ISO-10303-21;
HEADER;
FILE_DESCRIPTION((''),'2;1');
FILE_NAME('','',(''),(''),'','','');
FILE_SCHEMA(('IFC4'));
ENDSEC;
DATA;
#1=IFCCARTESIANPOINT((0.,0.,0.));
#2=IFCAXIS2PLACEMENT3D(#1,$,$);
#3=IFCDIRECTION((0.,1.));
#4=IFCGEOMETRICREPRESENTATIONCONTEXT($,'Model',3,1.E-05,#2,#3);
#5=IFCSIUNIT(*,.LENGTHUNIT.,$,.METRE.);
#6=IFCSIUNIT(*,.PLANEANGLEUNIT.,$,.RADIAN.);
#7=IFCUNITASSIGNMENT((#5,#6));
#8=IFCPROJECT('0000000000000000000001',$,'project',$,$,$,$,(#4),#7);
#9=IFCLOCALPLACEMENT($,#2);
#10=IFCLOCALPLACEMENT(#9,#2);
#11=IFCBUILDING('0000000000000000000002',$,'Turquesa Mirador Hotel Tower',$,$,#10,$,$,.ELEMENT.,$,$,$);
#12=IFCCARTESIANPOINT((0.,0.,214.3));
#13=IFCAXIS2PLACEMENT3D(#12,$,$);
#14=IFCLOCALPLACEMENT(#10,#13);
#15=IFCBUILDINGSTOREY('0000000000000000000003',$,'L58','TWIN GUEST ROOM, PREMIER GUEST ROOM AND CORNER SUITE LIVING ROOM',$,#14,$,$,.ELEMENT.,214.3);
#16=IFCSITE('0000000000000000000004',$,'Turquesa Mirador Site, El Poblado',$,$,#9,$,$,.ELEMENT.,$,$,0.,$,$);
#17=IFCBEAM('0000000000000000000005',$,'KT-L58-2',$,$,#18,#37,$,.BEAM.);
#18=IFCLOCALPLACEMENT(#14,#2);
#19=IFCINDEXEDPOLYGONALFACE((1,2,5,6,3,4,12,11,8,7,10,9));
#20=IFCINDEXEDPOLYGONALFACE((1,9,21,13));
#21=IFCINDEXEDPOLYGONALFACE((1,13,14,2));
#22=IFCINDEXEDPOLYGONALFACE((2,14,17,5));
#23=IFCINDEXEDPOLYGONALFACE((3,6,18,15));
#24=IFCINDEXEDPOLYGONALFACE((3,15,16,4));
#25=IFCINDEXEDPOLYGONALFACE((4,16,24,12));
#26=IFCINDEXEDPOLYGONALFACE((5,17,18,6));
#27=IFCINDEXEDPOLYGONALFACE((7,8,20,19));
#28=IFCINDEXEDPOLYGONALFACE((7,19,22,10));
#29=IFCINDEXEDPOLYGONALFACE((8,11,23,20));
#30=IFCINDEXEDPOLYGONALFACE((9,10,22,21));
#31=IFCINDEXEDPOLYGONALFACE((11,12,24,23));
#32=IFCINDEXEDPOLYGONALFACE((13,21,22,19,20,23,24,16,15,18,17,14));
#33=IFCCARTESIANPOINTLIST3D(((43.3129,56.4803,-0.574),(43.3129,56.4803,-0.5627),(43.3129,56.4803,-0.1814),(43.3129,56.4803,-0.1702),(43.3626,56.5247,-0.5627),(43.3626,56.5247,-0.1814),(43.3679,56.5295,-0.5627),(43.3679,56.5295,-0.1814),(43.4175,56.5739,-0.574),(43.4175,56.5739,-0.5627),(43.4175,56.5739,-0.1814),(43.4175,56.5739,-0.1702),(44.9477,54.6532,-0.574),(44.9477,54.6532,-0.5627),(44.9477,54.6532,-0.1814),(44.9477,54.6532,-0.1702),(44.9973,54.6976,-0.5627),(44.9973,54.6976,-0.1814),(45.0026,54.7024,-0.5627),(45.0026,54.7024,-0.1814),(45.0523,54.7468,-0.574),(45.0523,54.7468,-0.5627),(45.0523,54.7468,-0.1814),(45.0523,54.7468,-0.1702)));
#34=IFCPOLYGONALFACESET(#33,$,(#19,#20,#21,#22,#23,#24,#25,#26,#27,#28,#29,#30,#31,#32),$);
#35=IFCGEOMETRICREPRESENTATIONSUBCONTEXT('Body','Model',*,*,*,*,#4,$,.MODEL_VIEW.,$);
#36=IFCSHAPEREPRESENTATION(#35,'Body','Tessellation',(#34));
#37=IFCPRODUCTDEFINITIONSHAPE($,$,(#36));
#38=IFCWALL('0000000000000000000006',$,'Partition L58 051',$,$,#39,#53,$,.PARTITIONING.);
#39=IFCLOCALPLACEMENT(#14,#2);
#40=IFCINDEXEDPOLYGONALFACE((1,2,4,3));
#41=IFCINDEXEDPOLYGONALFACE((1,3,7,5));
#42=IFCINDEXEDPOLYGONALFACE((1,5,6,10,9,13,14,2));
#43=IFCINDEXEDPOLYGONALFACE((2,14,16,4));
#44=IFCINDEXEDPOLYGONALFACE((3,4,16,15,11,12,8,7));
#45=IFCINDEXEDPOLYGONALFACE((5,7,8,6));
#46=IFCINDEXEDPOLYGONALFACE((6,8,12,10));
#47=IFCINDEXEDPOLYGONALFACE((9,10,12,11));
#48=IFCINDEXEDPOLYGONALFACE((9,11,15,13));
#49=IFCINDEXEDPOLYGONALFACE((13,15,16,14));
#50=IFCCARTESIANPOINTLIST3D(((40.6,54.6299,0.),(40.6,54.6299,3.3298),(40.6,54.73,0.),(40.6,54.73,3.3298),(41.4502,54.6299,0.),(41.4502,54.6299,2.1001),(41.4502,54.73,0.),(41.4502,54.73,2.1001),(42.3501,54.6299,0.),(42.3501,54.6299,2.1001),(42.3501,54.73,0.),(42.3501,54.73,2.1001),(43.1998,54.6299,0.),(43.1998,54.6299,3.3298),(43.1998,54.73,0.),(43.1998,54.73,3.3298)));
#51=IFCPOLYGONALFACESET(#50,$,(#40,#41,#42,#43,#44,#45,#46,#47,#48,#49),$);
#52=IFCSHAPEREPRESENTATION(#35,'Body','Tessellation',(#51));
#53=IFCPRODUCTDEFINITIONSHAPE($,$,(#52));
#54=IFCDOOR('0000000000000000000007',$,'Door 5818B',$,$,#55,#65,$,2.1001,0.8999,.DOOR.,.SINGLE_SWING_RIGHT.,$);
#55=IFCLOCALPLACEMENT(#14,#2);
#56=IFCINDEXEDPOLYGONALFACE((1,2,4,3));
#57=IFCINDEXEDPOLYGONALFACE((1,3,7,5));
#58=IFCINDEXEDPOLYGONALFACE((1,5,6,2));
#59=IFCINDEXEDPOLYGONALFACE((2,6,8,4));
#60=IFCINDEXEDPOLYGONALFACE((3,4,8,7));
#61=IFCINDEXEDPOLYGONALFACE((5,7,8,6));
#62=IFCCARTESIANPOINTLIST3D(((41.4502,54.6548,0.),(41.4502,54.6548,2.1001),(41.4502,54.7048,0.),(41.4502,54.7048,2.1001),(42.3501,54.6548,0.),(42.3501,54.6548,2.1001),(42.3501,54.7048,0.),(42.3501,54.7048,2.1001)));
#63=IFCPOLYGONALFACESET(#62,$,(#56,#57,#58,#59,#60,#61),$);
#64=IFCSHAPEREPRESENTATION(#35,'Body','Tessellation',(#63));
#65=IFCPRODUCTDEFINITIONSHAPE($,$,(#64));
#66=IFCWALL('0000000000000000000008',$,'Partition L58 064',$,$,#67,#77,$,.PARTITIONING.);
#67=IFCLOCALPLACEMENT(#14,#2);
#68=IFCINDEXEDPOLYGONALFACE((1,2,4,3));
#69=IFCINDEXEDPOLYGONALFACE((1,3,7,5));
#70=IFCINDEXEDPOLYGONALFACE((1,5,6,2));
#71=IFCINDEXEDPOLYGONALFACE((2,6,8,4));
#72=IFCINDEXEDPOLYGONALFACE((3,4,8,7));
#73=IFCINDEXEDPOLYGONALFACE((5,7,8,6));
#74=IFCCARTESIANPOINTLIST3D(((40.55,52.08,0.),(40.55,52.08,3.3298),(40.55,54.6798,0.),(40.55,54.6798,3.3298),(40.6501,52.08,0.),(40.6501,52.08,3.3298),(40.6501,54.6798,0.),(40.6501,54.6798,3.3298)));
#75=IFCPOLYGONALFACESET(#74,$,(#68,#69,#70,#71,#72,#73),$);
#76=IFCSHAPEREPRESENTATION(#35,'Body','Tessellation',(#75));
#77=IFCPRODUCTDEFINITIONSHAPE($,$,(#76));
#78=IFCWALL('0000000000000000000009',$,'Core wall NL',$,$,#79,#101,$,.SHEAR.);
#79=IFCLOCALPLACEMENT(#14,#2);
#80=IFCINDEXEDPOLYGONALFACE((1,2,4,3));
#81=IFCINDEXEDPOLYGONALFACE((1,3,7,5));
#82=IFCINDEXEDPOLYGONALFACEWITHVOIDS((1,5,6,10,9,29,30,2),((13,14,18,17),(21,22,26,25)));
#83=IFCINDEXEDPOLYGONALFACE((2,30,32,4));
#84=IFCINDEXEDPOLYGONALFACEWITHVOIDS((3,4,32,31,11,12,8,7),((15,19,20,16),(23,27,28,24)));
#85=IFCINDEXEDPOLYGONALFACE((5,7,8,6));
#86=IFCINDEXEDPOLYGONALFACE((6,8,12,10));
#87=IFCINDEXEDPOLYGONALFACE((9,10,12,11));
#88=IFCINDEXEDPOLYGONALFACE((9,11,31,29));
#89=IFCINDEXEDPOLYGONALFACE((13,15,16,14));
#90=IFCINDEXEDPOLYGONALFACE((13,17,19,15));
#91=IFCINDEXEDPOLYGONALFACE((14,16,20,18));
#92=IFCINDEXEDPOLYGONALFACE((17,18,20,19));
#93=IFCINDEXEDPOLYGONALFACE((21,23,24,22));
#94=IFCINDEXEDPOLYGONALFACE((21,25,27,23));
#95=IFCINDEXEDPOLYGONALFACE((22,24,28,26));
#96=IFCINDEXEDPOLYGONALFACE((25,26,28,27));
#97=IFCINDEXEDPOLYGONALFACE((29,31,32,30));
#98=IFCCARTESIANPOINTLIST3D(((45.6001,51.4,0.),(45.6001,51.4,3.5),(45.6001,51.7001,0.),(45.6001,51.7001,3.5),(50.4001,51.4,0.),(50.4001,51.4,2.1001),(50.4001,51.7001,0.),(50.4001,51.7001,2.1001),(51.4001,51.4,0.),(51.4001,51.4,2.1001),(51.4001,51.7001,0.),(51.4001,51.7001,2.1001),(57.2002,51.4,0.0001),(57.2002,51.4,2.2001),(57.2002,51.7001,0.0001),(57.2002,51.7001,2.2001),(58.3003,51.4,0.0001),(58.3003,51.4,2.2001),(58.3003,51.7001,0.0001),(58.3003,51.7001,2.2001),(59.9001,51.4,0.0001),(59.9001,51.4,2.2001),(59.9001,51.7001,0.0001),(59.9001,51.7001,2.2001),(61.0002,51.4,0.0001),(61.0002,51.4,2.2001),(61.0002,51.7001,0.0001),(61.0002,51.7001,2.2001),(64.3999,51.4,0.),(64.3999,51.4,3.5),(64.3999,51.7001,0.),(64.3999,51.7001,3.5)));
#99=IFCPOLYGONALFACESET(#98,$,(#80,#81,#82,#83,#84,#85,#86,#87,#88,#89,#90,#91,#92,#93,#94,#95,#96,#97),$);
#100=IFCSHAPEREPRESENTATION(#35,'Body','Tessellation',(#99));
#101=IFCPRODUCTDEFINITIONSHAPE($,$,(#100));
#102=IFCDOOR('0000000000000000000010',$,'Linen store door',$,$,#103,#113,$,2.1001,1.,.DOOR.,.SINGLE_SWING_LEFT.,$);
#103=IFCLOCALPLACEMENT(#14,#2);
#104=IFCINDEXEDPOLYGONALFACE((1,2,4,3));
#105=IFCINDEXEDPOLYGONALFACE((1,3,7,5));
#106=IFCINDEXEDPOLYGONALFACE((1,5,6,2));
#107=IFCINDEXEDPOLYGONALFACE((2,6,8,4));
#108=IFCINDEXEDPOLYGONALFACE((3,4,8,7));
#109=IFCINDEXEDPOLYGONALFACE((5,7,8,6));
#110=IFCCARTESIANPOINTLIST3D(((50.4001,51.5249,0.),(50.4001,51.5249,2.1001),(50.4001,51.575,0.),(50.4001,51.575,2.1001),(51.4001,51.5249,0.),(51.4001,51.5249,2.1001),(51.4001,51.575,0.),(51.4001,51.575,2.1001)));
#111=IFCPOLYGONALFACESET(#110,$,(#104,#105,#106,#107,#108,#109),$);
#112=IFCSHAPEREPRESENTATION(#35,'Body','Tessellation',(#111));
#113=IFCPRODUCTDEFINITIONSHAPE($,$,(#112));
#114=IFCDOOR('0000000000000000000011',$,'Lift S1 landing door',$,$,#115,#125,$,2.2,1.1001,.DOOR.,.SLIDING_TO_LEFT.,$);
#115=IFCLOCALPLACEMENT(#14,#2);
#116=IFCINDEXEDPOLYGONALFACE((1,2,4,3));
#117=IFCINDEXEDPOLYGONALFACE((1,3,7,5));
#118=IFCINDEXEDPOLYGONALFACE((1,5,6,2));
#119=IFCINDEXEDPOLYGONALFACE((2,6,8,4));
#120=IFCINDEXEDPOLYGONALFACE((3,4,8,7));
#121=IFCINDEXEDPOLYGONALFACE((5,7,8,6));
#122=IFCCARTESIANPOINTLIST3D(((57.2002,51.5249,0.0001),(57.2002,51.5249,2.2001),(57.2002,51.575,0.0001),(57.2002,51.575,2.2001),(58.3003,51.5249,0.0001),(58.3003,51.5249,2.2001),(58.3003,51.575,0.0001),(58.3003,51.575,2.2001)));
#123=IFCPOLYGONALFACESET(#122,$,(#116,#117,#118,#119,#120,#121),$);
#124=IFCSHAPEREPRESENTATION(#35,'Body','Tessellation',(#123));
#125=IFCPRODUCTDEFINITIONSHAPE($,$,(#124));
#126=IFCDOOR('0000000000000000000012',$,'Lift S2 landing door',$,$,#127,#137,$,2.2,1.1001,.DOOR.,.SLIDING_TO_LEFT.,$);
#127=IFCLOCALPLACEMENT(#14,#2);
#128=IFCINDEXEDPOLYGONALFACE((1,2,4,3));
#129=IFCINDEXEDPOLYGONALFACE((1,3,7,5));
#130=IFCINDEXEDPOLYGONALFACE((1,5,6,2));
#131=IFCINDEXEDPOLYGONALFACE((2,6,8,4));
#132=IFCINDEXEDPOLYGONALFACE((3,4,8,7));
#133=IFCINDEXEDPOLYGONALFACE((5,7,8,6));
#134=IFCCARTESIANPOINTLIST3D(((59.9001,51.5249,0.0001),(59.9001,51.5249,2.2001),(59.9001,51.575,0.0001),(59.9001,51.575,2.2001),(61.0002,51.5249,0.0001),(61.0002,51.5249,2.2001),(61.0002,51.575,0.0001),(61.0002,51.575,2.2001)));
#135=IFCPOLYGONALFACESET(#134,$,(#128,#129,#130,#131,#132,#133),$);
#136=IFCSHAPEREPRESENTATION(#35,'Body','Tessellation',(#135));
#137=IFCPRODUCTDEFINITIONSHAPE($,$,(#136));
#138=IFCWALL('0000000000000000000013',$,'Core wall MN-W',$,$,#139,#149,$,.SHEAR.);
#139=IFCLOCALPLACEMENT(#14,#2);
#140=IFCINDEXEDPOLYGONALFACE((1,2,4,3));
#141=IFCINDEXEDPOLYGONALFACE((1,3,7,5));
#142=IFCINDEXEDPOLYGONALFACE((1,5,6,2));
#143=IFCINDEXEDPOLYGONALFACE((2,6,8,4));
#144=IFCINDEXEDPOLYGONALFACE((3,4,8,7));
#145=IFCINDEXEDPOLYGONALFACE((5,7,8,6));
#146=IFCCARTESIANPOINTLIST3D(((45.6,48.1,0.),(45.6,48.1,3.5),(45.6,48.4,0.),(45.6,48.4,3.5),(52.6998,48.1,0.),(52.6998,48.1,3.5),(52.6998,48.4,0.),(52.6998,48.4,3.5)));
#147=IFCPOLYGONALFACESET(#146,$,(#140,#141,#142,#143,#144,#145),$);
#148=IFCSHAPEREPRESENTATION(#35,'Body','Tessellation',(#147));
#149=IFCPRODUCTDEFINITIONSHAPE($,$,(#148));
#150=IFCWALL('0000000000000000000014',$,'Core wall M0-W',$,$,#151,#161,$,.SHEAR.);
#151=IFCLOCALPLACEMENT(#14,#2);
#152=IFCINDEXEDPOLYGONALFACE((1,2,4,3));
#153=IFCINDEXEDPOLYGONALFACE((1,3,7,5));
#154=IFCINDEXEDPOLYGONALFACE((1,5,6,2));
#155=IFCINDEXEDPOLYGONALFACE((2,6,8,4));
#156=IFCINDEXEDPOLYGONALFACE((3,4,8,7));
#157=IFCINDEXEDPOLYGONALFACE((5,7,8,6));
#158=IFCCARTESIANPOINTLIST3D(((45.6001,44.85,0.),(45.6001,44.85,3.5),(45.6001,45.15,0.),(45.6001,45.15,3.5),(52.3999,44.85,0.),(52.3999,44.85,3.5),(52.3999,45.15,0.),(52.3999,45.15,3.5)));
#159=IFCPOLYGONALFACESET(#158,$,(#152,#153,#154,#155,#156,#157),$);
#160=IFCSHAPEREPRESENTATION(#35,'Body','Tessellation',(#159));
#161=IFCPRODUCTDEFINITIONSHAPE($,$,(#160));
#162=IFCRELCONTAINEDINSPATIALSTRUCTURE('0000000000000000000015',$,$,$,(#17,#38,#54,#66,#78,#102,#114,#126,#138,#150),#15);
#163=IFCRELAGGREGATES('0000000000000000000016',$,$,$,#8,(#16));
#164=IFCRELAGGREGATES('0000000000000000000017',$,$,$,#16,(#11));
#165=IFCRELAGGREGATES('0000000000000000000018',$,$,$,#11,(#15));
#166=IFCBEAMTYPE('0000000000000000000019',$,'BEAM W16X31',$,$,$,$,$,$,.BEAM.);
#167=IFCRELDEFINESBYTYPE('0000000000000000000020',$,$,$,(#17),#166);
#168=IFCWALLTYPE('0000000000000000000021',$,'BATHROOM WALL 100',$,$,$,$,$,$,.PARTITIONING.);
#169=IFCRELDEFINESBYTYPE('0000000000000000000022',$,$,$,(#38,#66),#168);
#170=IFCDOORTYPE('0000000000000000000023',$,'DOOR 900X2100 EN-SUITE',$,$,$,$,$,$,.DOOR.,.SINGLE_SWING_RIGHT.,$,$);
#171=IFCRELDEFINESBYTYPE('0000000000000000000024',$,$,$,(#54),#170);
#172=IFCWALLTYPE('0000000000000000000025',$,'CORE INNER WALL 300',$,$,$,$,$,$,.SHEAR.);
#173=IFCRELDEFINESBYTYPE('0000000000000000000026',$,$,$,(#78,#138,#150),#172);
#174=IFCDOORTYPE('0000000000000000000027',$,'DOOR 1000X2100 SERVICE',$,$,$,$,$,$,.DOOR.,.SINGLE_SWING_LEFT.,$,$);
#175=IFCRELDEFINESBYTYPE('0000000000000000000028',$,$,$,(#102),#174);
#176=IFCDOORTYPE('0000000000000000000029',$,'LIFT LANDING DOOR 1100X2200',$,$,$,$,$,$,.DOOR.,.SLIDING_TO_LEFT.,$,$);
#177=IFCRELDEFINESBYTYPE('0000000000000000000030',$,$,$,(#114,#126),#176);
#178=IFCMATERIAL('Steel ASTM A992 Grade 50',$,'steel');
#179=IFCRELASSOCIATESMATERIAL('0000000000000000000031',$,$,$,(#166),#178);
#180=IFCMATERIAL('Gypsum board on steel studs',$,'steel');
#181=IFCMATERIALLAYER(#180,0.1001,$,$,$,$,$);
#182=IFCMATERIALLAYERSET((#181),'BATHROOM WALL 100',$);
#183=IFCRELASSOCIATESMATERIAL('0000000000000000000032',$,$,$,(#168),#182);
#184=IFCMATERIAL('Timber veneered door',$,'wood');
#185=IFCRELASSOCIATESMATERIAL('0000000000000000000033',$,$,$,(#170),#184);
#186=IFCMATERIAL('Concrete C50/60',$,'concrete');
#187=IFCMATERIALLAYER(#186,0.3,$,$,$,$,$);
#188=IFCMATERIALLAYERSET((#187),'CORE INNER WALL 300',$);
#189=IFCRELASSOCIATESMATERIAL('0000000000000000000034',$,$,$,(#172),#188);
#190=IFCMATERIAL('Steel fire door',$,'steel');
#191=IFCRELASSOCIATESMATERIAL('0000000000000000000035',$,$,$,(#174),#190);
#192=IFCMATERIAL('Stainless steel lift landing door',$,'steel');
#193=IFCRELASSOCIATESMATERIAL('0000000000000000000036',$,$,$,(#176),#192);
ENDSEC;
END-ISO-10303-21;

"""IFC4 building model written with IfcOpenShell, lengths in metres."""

from ifc_helpers import new_model, si_unit, direction, frame, frame_2d, origin, origin_2d, place, context, subcontext, project, spatial, rectangle, i_section, extrude, material, layer, layer_set, material_profile, profile_set, type_object, element, fill, save


model = new_model("IFC4")

# Units and contexts
model_context = context("Model", 3, precision=1e-05, world=origin(), true_north=direction((0.0, 1.0)))
body_context = subcontext(model_context, "Body", "Model", "MODEL_VIEW")
ifc_project = project(units=[si_unit("LENGTHUNIT", "METRE"), si_unit("PLANEANGLEUNIT", "RADIAN")], contexts=[model_context])

# Site, building, storey
site_placement = place(None, origin())
site = spatial("IfcSite", under=ifc_project, at=site_placement, Name="Turquesa Mirador Site, El Poblado", CompositionType="ELEMENT", RefElevation=0.0)
building_placement = place(site_placement, origin())
building = spatial("IfcBuilding", under=site, at=building_placement, Name="Turquesa Mirador Hotel Tower", CompositionType="ELEMENT")
storey_placement = place(building_placement, frame((0.0, 0.0, 214.3)))
storey = spatial("IfcBuildingStorey", under=building, at=storey_placement, Name="L58", Description="TWIN GUEST ROOM, PREMIER GUEST ROOM AND CORNER SUITE LIVING ROOM", CompositionType="ELEMENT", Elevation=214.3)

# Beam
ifc_material_1 = material(Name="Steel ASTM A992 Grade 50", Category="steel")
ifc_material_profile = material_profile(ifc_material_1, i_section(OverallWidth=0.1404, OverallDepth=0.4038, WebThickness=0.0071, FlangeThickness=0.0112, at=origin_2d()), Name="W16X31")
ifc_profile_set = profile_set([ifc_material_profile], Name="Steel ASTM A992 Grade 50")
beam_type = type_object("IfcBeamType", Name="BEAM W16X31", PredefinedType="BEAM", material=ifc_profile_set)
beam_placement = place(storey_placement, frame((43.3652, 56.5271, -0.3721), z_axis=(0.666783, -0.745252, 0.0), x_axis=(0.745252, 0.666783, 0.0)))
element("IfcBeam", 1, at=beam_placement, inside=storey, type_object=beam_type, Name="KT-L58-2", PredefinedType="BEAM", context=body_context, shape_type="SweptSolid", body=[
    extrude(i_section(OverallWidth=0.1404, OverallDepth=0.4038, WebThickness=0.0071, FlangeThickness=0.0112, at=origin_2d()), origin(), (0.0, 0.0, 1.0), 2.4517),
])

# Wall, opening, door
ifc_material_2 = material(Name="Gypsum board on steel studs", Category="steel")
ifc_layer_1 = layer(ifc_material_2, 0.1001)
ifc_layer_set_1 = layer_set([ifc_layer_1], Name="BATHROOM WALL 100")
wall_type_1 = type_object("IfcWallType", Name="BATHROOM WALL 100", PredefinedType="PARTITIONING", material=ifc_layer_set_1)
wall_1_placement = place(storey_placement, frame((40.6001, 54.6799, 0.0), z_axis=(0.0, 0.0, 1.0), x_axis=(1.0, 0.0, 0.0)))
wall_1 = element("IfcWall", 2, at=wall_1_placement, inside=storey, type_object=wall_type_1, Name="Partition L58 051", PredefinedType="PARTITIONING", context=body_context, shape_type="SweptSolid", body=[
    extrude(rectangle(XDim=2.5999, YDim=0.1001, at=frame_2d((1.2998, 0.0))), origin(), (0.0, 0.0, 1.0), 3.3298),
])
opening_1_placement = place(wall_1_placement, frame((0.8501, 0.0, 0.0)))
opening_1 = element("IfcOpeningElement", 3, at=opening_1_placement, cuts=wall_1, PredefinedType="OPENING", context=body_context, shape_type="SweptSolid", body=[
    extrude(rectangle(XDim=0.8999, YDim=2.1001, at=frame_2d((0.45, 1.05))), frame((0.0, 0.0601, 0.0), z_axis=(0.0, -1.0, 0.0), x_axis=(1.0, 0.0, 0.0)), (0.0, 0.0, 1.0), 0.1201),
])
ifc_material_3 = material(Name="Timber veneered door", Category="wood")
door_type_1 = type_object("IfcDoorType", Name="DOOR 900X2100 EN-SUITE", OperationType="SINGLE_SWING_RIGHT", PredefinedType="DOOR", material=ifc_material_3)
door_1_placement = place(opening_1_placement, origin())
door_1 = element("IfcDoor", 4, at=door_1_placement, inside=storey, type_object=door_type_1, Name="Door 5818B", OperationType="SINGLE_SWING_RIGHT", OverallHeight=2.1001, OverallWidth=0.8999, PredefinedType="DOOR", context=body_context, shape_type="SweptSolid", body=[
    extrude(rectangle(XDim=0.8999, YDim=2.1001, at=frame_2d((0.45, 1.05))), frame((0.0, 0.0249, 0.0), z_axis=(0.0, -1.0, 0.0), x_axis=(1.0, 0.0, 0.0)), (0.0, 0.0, 1.0), 0.05),
])
fill(opening_1, door_1)

# Wall
wall_2_placement = place(storey_placement, frame((40.6001, 52.0801, 0.0), z_axis=(0.0, 0.0, 1.0), x_axis=(0.0, 1.0, 0.0)))
element("IfcWall", 5, at=wall_2_placement, inside=storey, type_object=wall_type_1, Name="Partition L58 064", PredefinedType="PARTITIONING", context=body_context, shape_type="SweptSolid", body=[
    extrude(rectangle(XDim=2.5999, YDim=0.1001, at=frame_2d((1.2998, 0.0))), origin(), (0.0, 0.0, 1.0), 3.3298),
])

# Wall, openings, doors
ifc_material_4 = material(Name="Concrete C50/60", Category="concrete")
ifc_layer_2 = layer(ifc_material_4, 0.3)
ifc_layer_set_2 = layer_set([ifc_layer_2], Name="CORE INNER WALL 300")
wall_type_2 = type_object("IfcWallType", Name="CORE INNER WALL 300", PredefinedType="SHEAR", material=ifc_layer_set_2)
wall_3_placement = place(storey_placement, frame((45.6001, 51.55, 0.0), z_axis=(0.0, 0.0, 1.0), x_axis=(1.0, 0.0, 0.0)))
wall_3 = element("IfcWall", 6, at=wall_3_placement, inside=storey, type_object=wall_type_2, Name="Core wall NL", PredefinedType="SHEAR", context=body_context, shape_type="SweptSolid", body=[
    extrude(rectangle(XDim=18.7998, YDim=0.3, at=frame_2d((9.3999, 0.0))), origin(), (0.0, 0.0, 1.0), 3.5),
])
opening_2_placement = place(wall_3_placement, frame((4.8, 0.0, 0.0)))
opening_2 = element("IfcOpeningElement", 7, at=opening_2_placement, cuts=wall_3, PredefinedType="OPENING", context=body_context, shape_type="SweptSolid", body=[
    extrude(rectangle(XDim=1.0, YDim=2.1001, at=frame_2d((0.5, 1.05))), frame((0.0, 0.1599, 0.0), z_axis=(0.0, -1.0, 0.0), x_axis=(1.0, 0.0, 0.0)), (0.0, 0.0, 1.0), 0.3201),
])
opening_3_placement = place(wall_3_placement, frame((11.6001, 0.0, 0.0)))
opening_3 = element("IfcOpeningElement", 8, at=opening_3_placement, cuts=wall_3, PredefinedType="OPENING", context=body_context, shape_type="SweptSolid", body=[
    extrude(rectangle(XDim=1.1001, YDim=2.2, at=frame_2d((0.55, 1.1001))), frame((0.0, 0.1599, 0.0), z_axis=(0.0, -1.0, 0.0), x_axis=(1.0, 0.0, 0.0)), (0.0, 0.0, 1.0), 0.3201),
])
opening_4_placement = place(wall_3_placement, frame((14.3, 0.0, 0.0)))
opening_4 = element("IfcOpeningElement", 9, at=opening_4_placement, cuts=wall_3, PredefinedType="OPENING", context=body_context, shape_type="SweptSolid", body=[
    extrude(rectangle(XDim=1.1001, YDim=2.2, at=frame_2d((0.55, 1.1001))), frame((0.0, 0.1599, 0.0), z_axis=(0.0, -1.0, 0.0), x_axis=(1.0, 0.0, 0.0)), (0.0, 0.0, 1.0), 0.3201),
])
ifc_material_5 = material(Name="Steel fire door", Category="steel")
door_type_2 = type_object("IfcDoorType", Name="DOOR 1000X2100 SERVICE", OperationType="SINGLE_SWING_LEFT", PredefinedType="DOOR", material=ifc_material_5)
door_2_placement = place(opening_2_placement, origin())
door_2 = element("IfcDoor", 10, at=door_2_placement, inside=storey, type_object=door_type_2, Name="Linen store door", OperationType="SINGLE_SWING_LEFT", OverallHeight=2.1001, OverallWidth=1.0, PredefinedType="DOOR", context=body_context, shape_type="SweptSolid", body=[
    extrude(rectangle(XDim=1.0, YDim=2.1001, at=frame_2d((0.5, 1.05))), frame((0.0, 0.0249, 0.0), z_axis=(0.0, -1.0, 0.0), x_axis=(1.0, 0.0, 0.0)), (0.0, 0.0, 1.0), 0.05),
])
fill(opening_2, door_2)
ifc_material_6 = material(Name="Stainless steel lift landing door", Category="steel")
door_type_3 = type_object("IfcDoorType", Name="LIFT LANDING DOOR 1100X2200", OperationType="SLIDING_TO_LEFT", PredefinedType="DOOR", material=ifc_material_6)
door_3_placement = place(opening_3_placement, origin())
door_3 = element("IfcDoor", 11, at=door_3_placement, inside=storey, type_object=door_type_3, Name="Lift S1 landing door", OperationType="SLIDING_TO_LEFT", OverallHeight=2.2, OverallWidth=1.1001, PredefinedType="DOOR", context=body_context, shape_type="SweptSolid", body=[
    extrude(rectangle(XDim=1.1001, YDim=2.2, at=frame_2d((0.55, 1.1001))), frame((0.0, 0.0249, 0.0), z_axis=(0.0, -1.0, 0.0), x_axis=(1.0, 0.0, 0.0)), (0.0, 0.0, 1.0), 0.05),
])
fill(opening_3, door_3)
door_4_placement = place(opening_4_placement, origin())
door_4 = element("IfcDoor", 12, at=door_4_placement, inside=storey, type_object=door_type_3, Name="Lift S2 landing door", OperationType="SLIDING_TO_LEFT", OverallHeight=2.2, OverallWidth=1.1001, PredefinedType="DOOR", context=body_context, shape_type="SweptSolid", body=[
    extrude(rectangle(XDim=1.1001, YDim=2.2, at=frame_2d((0.55, 1.1001))), frame((0.0, 0.0249, 0.0), z_axis=(0.0, -1.0, 0.0), x_axis=(1.0, 0.0, 0.0)), (0.0, 0.0, 1.0), 0.05),
])
fill(opening_4, door_4)

# Walls
wall_4_placement = place(storey_placement, frame((45.6001, 48.25, 0.0), z_axis=(0.0, 0.0, 1.0), x_axis=(1.0, 0.0, 0.0)))
element("IfcWall", 13, at=wall_4_placement, inside=storey, type_object=wall_type_2, Name="Core wall MN-W", PredefinedType="SHEAR", context=body_context, shape_type="SweptSolid", body=[
    extrude(rectangle(XDim=7.0999, YDim=0.3, at=frame_2d((3.5498, 0.0))), origin(), (0.0, 0.0, 1.0), 3.5),
])
wall_5_placement = place(storey_placement, frame((45.6001, 45.0, 0.0), z_axis=(0.0, 0.0, 1.0), x_axis=(1.0, 0.0, 0.0)))
element("IfcWall", 14, at=wall_5_placement, inside=storey, type_object=wall_type_2, Name="Core wall M0-W", PredefinedType="SHEAR", context=body_context, shape_type="SweptSolid", body=[
    extrude(rectangle(XDim=6.7998, YDim=0.3, at=frame_2d((3.3999, 0.0))), origin(), (0.0, 0.0, 1.0), 3.5),
])

save(model, "model.ifc")
